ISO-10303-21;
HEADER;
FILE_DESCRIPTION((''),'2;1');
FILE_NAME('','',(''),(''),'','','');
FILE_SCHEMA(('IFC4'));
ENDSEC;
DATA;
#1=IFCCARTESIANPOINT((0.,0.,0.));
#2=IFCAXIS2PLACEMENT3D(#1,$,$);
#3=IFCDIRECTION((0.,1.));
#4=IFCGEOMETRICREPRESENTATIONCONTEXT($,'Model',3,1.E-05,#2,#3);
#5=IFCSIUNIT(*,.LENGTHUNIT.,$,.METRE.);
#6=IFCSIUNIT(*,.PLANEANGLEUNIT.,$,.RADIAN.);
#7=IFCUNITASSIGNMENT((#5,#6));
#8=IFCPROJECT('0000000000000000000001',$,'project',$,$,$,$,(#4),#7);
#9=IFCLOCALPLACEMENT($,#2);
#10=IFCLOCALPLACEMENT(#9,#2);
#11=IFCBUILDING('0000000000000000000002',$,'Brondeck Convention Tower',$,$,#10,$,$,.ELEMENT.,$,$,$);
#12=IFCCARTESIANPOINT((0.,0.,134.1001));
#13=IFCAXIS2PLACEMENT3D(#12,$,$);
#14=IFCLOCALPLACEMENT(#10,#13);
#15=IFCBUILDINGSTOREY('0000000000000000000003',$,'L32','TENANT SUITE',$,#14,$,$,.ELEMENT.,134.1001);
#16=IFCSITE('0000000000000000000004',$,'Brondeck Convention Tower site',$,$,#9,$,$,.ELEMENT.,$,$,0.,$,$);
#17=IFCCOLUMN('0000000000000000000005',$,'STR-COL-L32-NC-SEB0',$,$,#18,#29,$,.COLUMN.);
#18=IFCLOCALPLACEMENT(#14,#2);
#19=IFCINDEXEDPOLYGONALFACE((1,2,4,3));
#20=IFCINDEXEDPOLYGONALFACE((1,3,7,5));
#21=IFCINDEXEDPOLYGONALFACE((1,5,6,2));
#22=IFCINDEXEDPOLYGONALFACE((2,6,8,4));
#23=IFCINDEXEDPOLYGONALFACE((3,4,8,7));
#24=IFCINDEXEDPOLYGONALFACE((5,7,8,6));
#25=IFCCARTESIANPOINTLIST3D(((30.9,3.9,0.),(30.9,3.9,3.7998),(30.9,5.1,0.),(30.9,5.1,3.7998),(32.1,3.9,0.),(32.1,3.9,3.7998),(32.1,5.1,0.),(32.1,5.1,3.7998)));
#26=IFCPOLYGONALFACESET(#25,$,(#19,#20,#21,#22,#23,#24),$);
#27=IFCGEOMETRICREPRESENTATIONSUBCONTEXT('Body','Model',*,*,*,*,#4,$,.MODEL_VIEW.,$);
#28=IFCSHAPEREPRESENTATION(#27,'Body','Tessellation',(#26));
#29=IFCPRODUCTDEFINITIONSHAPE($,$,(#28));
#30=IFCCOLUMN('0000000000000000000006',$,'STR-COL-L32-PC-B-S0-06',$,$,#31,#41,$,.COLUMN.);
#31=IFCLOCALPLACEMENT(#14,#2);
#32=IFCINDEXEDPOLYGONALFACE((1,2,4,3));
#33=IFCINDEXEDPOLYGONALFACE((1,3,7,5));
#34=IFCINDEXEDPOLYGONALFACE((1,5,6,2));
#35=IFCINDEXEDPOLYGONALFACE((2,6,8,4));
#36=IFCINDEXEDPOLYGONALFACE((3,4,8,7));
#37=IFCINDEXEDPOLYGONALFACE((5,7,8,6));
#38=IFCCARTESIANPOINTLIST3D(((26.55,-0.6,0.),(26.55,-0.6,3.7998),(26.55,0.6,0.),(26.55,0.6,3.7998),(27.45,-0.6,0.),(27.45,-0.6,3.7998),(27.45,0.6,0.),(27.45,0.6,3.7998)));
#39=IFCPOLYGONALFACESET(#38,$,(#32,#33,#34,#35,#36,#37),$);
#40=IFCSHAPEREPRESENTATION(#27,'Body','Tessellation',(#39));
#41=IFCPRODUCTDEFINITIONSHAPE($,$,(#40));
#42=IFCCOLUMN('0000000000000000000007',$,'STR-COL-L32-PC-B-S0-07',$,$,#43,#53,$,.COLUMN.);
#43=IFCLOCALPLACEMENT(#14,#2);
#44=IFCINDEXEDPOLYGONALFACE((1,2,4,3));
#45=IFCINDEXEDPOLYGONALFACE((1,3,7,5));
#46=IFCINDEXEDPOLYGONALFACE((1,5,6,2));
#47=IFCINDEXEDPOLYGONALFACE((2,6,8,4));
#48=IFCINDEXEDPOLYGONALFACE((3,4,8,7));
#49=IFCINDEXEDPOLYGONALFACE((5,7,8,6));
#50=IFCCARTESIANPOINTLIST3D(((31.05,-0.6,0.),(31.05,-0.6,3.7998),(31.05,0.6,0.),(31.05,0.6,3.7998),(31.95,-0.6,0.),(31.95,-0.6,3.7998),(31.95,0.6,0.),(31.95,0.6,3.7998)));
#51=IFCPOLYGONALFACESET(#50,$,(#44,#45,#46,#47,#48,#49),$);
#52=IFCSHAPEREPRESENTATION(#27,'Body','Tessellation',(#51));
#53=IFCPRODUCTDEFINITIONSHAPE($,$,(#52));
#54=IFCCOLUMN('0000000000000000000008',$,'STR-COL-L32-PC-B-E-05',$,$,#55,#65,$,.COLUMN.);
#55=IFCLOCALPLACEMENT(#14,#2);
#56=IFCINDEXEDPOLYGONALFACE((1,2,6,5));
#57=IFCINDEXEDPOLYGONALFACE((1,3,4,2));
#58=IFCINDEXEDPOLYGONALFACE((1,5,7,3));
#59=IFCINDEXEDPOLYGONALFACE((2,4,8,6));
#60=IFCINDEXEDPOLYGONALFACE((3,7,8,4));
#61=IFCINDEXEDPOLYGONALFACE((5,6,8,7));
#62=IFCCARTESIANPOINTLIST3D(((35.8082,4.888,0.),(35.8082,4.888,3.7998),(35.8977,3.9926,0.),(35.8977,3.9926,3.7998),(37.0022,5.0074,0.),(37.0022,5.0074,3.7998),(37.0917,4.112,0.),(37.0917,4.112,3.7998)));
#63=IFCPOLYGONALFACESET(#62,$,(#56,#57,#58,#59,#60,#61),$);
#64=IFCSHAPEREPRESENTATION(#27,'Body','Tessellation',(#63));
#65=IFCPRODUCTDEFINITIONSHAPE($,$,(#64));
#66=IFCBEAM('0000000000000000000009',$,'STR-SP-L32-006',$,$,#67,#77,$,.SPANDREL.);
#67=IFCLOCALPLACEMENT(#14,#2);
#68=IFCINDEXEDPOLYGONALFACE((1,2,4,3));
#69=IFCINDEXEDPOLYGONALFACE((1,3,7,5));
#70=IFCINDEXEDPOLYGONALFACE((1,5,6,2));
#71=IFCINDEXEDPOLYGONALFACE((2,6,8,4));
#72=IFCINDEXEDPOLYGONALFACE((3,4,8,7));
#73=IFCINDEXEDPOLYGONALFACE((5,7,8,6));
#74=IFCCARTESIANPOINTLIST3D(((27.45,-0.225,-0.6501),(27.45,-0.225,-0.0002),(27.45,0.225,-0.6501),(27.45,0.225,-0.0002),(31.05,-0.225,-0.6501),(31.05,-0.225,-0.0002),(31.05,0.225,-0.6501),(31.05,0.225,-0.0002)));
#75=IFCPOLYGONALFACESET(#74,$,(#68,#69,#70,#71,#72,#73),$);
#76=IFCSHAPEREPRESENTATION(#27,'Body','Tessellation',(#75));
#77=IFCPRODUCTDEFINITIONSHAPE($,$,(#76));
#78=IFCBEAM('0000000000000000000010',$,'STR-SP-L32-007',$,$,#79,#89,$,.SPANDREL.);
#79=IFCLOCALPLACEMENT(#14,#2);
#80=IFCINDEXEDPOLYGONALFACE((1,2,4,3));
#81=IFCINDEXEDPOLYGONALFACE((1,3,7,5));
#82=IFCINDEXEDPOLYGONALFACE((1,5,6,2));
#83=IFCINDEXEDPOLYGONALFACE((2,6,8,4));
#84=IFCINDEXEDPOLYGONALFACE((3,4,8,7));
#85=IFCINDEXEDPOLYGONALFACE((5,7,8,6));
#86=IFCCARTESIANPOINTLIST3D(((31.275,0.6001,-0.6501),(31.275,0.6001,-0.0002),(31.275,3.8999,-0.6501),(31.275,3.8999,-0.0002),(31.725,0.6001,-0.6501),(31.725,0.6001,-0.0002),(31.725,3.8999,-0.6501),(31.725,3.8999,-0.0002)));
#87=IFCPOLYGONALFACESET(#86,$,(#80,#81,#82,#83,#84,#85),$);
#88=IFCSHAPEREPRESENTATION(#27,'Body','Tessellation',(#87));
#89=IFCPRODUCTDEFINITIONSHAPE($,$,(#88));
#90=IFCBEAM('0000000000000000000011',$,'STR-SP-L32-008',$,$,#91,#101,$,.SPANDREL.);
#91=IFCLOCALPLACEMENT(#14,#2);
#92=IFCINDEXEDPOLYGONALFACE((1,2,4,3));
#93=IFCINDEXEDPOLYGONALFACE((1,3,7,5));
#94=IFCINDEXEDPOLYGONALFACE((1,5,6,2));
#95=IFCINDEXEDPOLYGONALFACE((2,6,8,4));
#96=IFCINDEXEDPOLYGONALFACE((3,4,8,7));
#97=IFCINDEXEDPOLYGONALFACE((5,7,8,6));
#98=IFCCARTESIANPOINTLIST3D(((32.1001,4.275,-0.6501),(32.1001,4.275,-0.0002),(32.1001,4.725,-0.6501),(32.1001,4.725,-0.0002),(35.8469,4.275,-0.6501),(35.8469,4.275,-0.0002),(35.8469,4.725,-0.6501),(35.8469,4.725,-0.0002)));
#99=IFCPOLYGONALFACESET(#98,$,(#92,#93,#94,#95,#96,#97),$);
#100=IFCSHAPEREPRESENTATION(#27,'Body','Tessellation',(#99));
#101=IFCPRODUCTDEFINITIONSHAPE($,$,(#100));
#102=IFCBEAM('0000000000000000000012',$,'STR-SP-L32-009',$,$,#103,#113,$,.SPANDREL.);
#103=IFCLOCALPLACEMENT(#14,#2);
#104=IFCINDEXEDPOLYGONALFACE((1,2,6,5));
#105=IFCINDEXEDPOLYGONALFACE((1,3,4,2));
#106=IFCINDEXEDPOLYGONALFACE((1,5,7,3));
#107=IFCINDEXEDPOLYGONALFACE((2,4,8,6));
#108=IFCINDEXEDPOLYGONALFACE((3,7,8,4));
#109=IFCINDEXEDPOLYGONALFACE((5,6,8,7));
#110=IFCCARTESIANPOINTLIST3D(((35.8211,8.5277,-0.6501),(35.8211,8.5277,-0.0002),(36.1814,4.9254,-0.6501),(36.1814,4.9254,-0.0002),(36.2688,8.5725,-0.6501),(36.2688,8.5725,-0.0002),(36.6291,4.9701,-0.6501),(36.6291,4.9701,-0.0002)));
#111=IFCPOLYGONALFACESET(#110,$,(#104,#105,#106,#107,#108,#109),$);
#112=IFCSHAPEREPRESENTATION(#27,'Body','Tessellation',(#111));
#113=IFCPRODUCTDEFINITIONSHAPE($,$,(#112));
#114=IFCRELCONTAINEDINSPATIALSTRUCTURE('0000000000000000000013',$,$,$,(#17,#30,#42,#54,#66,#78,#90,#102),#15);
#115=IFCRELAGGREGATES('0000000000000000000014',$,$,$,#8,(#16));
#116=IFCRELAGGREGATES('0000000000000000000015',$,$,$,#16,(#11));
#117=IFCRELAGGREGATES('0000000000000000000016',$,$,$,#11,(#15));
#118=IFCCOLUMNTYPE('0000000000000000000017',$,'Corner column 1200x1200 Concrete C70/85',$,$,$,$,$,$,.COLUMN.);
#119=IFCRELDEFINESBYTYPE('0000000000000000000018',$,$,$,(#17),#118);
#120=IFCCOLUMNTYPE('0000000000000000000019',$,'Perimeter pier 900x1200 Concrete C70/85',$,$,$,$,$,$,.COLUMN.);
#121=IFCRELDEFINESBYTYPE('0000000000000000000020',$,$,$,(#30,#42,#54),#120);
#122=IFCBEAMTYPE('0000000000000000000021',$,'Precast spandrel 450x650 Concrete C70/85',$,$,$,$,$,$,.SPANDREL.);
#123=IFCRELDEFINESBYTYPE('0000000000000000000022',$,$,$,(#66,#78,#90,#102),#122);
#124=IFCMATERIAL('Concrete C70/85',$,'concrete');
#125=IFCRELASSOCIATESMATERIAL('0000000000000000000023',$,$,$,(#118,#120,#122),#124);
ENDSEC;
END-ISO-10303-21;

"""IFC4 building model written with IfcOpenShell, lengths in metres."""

from ifc_helpers import new_model, si_unit, direction, frame, origin, origin_2d, place, context, subcontext, project, spatial, rectangle, extrude, material, material_profile, profile_set, type_object, element, save


model = new_model("IFC4")

# Units and contexts
model_context = context("Model", 3, precision=1e-05, world=origin(), true_north=direction((0.0, 1.0)))
body_context = subcontext(model_context, "Body", "Model", "MODEL_VIEW")
ifc_project = project(units=[si_unit("LENGTHUNIT", "METRE"), si_unit("PLANEANGLEUNIT", "RADIAN")], contexts=[model_context])

# Site, building, storey
site_placement = place(None, origin())
site = spatial("IfcSite", under=ifc_project, at=site_placement, Name="Brondeck Convention Tower site", CompositionType="ELEMENT", RefElevation=0.0)
building_placement = place(site_placement, origin())
building = spatial("IfcBuilding", under=site, at=building_placement, Name="Brondeck Convention Tower", CompositionType="ELEMENT")
storey_placement = place(building_placement, frame((0.0, 0.0, 134.1001)))
storey = spatial("IfcBuildingStorey", under=building, at=storey_placement, Name="L32", Description="TENANT SUITE", CompositionType="ELEMENT", Elevation=134.1001)

# Columns
ifc_material_1 = material(Name="Concrete C70/85", Category="concrete")
ifc_material_profile_1 = material_profile(ifc_material_1, rectangle(XDim=1.2, YDim=1.2, at=origin_2d()), Name="Corner column 1200x1200 Concrete C70/85")
ifc_profile_set_1 = profile_set([ifc_material_profile_1], Name="Concrete C70/85")
column_type_1 = type_object("IfcColumnType", Name="Corner column 1200x1200 Concrete C70/85", PredefinedType="COLUMN", material=ifc_profile_set_1)
column_placement = place(storey_placement, frame((31.5, 4.5, 0.0), z_axis=(0.0, 0.0, 1.0), x_axis=(1.0, 0.0, 0.0)))
element("IfcColumn", 1, at=column_placement, inside=storey, type_object=column_type_1, Name="STR-COL-L32-NC-SEB0", PredefinedType="COLUMN", context=body_context, shape_type="SweptSolid", body=[
    extrude(rectangle(XDim=1.2, YDim=1.2, at=origin_2d()), origin(), (0.0, 0.0, 1.0), 3.7998),
])
ifc_material_profile_2 = material_profile(ifc_material_1, rectangle(XDim=0.8999, YDim=1.2, at=origin_2d()), Name="Perimeter pier 900x1200 Concrete C70/85")
ifc_profile_set_2 = profile_set([ifc_material_profile_2], Name="Concrete C70/85")
column_type_2 = type_object("IfcColumnType", Name="Perimeter pier 900x1200 Concrete C70/85", PredefinedType="COLUMN", material=ifc_profile_set_2)
for number, where, z_axis, x_axis, name in (
    (2, (27.0, 0.0, 0.0), (0.0, 0.0, 1.0), (1.0, 0.0, 0.0), "STR-COL-L32-PC-B-S0-06"),
    (3, (31.5, 0.0, 0.0), (0.0, 0.0, 1.0), (1.0, 0.0, 0.0), "STR-COL-L32-PC-B-S0-07"),
    (4, (36.45, 4.5, 0.0), (0.0, 0.0, 1.0), (-0.099504, 0.995037, 0.0), "STR-COL-L32-PC-B-E-05"),
):
    element("IfcColumn", number, at=place(storey_placement, frame(where, z_axis=z_axis, x_axis=x_axis)), inside=storey, type_object=column_type_2, Name=name, PredefinedType="COLUMN", context=body_context, shape_type="SweptSolid", body=[
        extrude(rectangle(XDim=0.8999, YDim=1.2, at=origin_2d()), origin(), (0.0, 0.0, 1.0), 3.7998),
    ])

# Beams
ifc_material_profile_3 = material_profile(ifc_material_1, rectangle(XDim=0.45, YDim=0.6499, at=origin_2d()), Name="Precast spandrel 450x650 Concrete C70/85")
ifc_profile_set_3 = profile_set([ifc_material_profile_3], Name="Concrete C70/85")
beam_type = type_object("IfcBeamType", Name="Precast spandrel 450x650 Concrete C70/85", PredefinedType="SPANDREL", material=ifc_profile_set_3)
beam_1_placement = place(storey_placement, frame((27.45, 0.0, -0.3252), z_axis=(1.0, 0.0, 0.0), x_axis=(0.0, 1.0, 0.0)))
element("IfcBeam", 5, at=beam_1_placement, inside=storey, type_object=beam_type, Name="STR-SP-L32-006", PredefinedType="SPANDREL", context=body_context, shape_type="SweptSolid", body=[
    extrude(rectangle(XDim=0.45, YDim=0.6499, at=origin_2d()), origin(), (0.0, 0.0, 1.0), 3.6001),
])
beam_2_placement = place(storey_placement, frame((31.5, 0.6001, -0.3252), z_axis=(0.0, 1.0, 0.0), x_axis=(-1.0, 0.0, 0.0)))
element("IfcBeam", 6, at=beam_2_placement, inside=storey, type_object=beam_type, Name="STR-SP-L32-007", PredefinedType="SPANDREL", context=body_context, shape_type="SweptSolid", body=[
    extrude(rectangle(XDim=0.45, YDim=0.6499, at=origin_2d()), origin(), (0.0, 0.0, 1.0), 3.2998),
])
beam_3_placement = place(storey_placement, frame((32.1001, 4.5, -0.3252), z_axis=(1.0, 0.0, 0.0), x_axis=(0.0, 1.0, 0.0)))
element("IfcBeam", 7, at=beam_3_placement, inside=storey, type_object=beam_type, Name="STR-SP-L32-008", PredefinedType="SPANDREL", context=body_context, shape_type="SweptSolid", body=[
    extrude(rectangle(XDim=0.45, YDim=0.6499, at=origin_2d()), origin(), (0.0, 0.0, 1.0), 3.7468),
])
beam_4_placement = place(storey_placement, frame((36.4053, 4.9478, -0.3252), z_axis=(-0.099537, 0.995034, 0.0), x_axis=(-0.995034, -0.099537, 0.0)))
element("IfcBeam", 8, at=beam_4_placement, inside=storey, type_object=beam_type, Name="STR-SP-L32-009", PredefinedType="SPANDREL", context=body_context, shape_type="SweptSolid", body=[
    extrude(rectangle(XDim=0.45, YDim=0.6499, at=origin_2d()), origin(), (0.0, 0.0, 1.0), 3.6204),
])

save(model, "model.ifc")
